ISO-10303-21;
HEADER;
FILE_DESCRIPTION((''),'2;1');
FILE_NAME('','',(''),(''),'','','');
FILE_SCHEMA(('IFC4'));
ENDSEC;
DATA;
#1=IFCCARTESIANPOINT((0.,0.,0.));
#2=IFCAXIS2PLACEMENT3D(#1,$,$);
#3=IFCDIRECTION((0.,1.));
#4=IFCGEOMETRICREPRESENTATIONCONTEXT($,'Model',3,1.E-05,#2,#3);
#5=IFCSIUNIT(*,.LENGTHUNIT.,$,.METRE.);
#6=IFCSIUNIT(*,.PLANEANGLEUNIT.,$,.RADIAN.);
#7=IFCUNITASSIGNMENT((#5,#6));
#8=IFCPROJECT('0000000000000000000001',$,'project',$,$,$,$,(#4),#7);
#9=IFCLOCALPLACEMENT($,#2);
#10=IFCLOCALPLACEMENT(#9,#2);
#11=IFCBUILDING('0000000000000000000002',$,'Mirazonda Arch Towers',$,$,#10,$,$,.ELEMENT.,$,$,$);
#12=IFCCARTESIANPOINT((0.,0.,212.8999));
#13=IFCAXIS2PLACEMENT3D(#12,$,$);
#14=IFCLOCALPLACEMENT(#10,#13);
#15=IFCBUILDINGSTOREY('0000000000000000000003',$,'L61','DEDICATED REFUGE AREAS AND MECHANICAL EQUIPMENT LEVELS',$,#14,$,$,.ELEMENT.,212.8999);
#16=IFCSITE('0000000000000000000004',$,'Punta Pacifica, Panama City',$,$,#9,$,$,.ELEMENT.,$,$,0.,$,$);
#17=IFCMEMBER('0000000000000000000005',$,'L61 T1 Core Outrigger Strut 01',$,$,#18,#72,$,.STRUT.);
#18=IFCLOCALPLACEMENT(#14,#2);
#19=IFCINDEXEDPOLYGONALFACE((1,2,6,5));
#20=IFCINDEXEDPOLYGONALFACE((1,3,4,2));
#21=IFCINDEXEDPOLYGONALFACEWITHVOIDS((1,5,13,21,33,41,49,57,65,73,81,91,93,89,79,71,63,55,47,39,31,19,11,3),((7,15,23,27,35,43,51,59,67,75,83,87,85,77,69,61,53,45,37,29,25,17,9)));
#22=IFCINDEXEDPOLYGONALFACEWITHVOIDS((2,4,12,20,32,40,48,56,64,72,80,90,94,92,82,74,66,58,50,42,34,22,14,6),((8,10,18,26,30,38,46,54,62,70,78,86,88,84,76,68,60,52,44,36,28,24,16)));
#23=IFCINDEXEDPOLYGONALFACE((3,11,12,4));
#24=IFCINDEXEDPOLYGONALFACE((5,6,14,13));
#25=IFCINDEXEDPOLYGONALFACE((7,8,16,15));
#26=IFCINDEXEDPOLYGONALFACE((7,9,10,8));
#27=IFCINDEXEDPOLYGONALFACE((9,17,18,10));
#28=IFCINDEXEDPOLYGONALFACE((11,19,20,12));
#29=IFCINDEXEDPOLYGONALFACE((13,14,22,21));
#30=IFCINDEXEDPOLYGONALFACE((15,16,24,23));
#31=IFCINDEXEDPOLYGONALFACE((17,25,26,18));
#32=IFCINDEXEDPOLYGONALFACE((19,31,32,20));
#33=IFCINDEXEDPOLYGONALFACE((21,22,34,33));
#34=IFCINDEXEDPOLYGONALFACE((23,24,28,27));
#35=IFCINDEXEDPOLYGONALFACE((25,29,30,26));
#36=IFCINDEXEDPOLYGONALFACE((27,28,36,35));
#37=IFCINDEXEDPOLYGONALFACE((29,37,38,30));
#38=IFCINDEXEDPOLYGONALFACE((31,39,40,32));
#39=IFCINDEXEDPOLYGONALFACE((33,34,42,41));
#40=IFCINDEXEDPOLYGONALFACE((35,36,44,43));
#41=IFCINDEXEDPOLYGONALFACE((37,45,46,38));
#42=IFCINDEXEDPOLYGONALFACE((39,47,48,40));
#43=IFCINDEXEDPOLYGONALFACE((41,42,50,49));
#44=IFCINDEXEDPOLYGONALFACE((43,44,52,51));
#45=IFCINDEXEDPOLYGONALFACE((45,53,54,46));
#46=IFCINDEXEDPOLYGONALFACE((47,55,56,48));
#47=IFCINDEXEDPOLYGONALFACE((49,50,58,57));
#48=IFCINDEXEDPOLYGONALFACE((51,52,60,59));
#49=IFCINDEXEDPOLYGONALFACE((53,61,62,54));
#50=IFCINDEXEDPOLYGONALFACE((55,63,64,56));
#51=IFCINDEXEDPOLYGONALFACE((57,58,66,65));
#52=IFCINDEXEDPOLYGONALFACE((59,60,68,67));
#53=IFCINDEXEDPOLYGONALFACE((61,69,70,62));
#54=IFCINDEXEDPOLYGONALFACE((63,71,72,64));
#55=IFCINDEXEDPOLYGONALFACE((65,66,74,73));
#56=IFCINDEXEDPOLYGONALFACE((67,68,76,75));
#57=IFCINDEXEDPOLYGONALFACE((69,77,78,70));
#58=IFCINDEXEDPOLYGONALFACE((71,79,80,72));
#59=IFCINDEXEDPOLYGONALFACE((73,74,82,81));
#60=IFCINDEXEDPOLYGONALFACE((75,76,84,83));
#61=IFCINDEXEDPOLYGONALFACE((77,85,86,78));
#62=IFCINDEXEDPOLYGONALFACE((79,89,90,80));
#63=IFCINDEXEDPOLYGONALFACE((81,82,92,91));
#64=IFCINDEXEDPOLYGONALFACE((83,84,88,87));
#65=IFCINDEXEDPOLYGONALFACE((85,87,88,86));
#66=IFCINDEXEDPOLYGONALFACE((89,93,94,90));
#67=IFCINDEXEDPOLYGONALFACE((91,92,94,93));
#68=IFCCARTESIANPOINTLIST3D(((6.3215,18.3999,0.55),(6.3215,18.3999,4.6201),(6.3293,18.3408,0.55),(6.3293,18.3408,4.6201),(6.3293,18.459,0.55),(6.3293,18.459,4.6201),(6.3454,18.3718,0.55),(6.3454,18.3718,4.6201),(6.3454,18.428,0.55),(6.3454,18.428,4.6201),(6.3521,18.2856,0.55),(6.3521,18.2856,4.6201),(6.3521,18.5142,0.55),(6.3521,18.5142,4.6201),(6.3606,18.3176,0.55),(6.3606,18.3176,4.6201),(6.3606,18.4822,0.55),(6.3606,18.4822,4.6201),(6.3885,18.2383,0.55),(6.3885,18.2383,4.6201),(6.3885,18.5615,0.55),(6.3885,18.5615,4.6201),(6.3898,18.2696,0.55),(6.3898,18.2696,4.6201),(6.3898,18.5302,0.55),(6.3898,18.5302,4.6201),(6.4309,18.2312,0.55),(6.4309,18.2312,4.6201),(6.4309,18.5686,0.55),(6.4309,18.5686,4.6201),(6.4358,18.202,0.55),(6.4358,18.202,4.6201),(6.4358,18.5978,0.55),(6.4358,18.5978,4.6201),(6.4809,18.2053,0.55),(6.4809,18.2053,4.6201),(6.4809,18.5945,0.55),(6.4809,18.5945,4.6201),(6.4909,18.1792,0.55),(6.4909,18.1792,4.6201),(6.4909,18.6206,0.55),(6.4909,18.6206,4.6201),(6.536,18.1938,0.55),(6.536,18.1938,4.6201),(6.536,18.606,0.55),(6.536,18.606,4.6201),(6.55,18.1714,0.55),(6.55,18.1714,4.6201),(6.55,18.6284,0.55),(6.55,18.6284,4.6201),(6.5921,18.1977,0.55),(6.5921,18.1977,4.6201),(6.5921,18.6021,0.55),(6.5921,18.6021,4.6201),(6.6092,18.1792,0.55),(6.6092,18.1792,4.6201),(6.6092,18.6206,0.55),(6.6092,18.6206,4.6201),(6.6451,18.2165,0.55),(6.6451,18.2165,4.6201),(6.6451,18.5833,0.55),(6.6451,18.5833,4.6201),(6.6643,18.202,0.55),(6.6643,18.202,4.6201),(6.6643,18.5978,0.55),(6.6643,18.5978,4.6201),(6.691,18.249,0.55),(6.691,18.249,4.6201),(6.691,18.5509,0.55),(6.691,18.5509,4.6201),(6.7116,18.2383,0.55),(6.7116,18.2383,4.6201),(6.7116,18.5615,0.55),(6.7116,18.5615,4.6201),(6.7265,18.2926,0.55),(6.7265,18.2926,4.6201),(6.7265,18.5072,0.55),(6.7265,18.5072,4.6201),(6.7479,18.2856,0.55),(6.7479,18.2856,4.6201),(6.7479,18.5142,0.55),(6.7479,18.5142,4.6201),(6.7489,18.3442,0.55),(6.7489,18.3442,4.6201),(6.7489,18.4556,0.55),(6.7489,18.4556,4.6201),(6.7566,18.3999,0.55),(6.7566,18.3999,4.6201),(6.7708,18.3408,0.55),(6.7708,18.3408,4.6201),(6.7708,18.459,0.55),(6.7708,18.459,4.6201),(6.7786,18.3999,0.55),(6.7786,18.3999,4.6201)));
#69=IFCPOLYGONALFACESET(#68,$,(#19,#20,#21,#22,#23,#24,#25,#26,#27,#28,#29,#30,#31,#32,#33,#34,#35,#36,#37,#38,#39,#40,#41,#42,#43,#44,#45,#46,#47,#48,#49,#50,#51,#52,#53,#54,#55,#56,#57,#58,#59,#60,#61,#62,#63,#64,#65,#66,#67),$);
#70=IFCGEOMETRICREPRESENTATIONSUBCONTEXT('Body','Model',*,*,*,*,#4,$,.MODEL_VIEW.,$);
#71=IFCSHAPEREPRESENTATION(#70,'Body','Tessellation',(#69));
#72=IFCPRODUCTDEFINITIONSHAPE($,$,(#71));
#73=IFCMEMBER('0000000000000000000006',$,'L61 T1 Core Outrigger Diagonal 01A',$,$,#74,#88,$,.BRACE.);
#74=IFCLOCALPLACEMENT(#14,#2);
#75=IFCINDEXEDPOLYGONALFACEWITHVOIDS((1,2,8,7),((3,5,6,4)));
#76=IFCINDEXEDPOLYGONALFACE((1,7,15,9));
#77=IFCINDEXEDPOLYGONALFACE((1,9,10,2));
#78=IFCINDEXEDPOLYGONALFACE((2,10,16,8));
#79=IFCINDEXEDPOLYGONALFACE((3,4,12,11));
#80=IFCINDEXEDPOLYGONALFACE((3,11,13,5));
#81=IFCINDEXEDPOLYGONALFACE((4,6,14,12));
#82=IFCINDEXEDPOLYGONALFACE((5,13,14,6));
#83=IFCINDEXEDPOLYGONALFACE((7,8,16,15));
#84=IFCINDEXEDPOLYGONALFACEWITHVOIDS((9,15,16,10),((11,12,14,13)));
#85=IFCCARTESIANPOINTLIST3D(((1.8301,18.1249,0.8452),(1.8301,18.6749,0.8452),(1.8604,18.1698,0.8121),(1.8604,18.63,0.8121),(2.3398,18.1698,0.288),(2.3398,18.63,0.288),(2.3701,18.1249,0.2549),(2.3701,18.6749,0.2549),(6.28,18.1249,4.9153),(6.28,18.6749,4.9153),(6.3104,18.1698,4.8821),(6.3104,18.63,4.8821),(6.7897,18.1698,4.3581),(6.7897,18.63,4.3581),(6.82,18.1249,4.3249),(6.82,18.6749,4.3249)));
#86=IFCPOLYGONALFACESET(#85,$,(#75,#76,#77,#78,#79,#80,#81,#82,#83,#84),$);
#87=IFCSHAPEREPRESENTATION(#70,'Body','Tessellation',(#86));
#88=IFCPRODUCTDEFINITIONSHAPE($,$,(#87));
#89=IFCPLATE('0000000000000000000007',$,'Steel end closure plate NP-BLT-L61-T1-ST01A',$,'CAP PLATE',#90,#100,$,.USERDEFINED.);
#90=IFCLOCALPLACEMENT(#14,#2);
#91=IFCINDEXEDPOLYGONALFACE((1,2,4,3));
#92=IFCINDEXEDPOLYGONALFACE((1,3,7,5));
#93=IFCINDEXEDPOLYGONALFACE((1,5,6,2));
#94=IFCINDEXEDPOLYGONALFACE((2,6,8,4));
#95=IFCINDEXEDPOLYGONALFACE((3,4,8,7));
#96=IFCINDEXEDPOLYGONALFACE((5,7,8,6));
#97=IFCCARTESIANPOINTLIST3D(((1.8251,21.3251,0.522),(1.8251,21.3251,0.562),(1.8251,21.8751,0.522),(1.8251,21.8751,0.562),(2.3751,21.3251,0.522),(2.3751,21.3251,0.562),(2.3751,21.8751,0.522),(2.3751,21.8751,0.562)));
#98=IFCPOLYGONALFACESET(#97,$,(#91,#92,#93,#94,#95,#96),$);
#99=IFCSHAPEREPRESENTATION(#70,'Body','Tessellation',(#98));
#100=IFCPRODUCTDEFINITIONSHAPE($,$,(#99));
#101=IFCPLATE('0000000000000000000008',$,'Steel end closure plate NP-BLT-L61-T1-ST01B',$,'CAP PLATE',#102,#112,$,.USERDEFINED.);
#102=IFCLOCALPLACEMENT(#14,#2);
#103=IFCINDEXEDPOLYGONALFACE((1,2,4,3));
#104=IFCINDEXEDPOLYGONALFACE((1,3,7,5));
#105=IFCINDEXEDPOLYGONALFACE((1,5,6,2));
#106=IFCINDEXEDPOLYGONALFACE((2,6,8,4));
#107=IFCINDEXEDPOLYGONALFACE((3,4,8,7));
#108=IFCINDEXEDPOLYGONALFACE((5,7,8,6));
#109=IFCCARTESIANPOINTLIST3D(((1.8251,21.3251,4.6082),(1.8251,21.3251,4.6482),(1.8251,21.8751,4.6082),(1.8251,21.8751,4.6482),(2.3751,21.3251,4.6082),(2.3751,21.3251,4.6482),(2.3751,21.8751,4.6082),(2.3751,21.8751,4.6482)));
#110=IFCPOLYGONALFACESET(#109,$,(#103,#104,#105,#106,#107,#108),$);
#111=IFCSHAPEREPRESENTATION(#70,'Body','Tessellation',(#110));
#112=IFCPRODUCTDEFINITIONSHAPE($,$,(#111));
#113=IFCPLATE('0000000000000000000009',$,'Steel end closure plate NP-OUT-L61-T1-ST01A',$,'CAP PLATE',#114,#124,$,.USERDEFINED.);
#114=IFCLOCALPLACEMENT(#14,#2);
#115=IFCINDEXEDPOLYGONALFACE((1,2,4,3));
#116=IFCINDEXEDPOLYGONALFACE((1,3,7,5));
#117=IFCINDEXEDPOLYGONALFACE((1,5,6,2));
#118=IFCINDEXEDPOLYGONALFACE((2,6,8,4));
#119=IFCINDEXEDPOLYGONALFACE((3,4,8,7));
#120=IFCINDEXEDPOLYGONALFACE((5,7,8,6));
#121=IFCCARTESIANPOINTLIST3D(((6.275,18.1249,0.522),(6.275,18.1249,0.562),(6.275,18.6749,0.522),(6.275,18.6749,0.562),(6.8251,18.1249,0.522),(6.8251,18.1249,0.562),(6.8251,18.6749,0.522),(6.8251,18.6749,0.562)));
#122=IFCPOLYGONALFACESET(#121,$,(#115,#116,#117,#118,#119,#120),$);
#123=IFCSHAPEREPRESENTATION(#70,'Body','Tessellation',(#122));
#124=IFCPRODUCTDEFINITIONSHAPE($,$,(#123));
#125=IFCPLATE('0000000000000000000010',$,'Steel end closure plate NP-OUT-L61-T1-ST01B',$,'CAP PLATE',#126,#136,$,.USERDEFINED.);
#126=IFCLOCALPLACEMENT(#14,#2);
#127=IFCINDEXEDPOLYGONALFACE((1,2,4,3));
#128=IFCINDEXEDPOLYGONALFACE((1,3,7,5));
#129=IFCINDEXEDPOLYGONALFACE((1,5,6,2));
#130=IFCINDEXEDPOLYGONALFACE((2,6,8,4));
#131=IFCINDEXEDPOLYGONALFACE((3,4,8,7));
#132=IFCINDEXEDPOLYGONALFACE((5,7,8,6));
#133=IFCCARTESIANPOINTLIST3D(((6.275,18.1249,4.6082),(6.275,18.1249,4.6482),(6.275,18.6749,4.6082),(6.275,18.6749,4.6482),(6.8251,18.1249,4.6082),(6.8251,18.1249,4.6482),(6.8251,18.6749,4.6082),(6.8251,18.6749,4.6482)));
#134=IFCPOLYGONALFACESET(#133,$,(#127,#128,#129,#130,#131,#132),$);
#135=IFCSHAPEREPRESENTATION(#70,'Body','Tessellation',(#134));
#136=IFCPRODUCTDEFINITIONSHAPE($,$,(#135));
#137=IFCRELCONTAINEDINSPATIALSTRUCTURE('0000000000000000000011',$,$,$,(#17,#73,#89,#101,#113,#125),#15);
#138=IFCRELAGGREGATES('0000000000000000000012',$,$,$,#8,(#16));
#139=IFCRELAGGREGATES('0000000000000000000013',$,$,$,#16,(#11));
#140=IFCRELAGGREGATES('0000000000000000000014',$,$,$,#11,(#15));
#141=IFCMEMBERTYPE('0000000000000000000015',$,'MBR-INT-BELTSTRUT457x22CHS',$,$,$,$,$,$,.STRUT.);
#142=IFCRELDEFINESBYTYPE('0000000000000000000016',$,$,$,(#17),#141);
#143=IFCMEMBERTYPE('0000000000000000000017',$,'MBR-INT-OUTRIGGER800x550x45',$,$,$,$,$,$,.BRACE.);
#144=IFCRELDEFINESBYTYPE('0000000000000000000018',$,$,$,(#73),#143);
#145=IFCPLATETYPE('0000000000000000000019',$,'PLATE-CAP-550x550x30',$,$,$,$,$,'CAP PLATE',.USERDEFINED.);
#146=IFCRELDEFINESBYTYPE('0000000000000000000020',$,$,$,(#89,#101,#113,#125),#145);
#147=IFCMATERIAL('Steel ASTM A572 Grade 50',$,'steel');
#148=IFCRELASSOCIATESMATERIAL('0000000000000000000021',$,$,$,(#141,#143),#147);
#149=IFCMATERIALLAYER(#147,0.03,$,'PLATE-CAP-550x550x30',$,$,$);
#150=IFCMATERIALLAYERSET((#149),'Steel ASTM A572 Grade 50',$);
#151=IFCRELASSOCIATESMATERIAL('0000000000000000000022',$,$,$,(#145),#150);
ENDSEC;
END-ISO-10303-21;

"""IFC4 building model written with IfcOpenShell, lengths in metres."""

from ifc_helpers import new_model, si_unit, direction, frame, origin, origin_2d, place, context, subcontext, project, spatial, rectangle, hollow_rectangle, hollow_circle, extrude, material, layer, layer_set, material_profile, profile_set, type_object, element, save


model = new_model("IFC4")

# Units and contexts
model_context = context("Model", 3, precision=1e-05, world=origin(), true_north=direction((0.0, 1.0)))
body_context = subcontext(model_context, "Body", "Model", "MODEL_VIEW")
ifc_project = project(units=[si_unit("LENGTHUNIT", "METRE"), si_unit("PLANEANGLEUNIT", "RADIAN")], contexts=[model_context])

# Site, building, storey
site_placement = place(None, origin())
site = spatial("IfcSite", under=ifc_project, at=site_placement, Name="Punta Pacifica, Panama City", CompositionType="ELEMENT", RefElevation=0.0)
building_placement = place(site_placement, origin())
building = spatial("IfcBuilding", under=site, at=building_placement, Name="Mirazonda Arch Towers", CompositionType="ELEMENT")
storey_placement = place(building_placement, frame((0.0, 0.0, 212.8999)))
storey = spatial("IfcBuildingStorey", under=building, at=storey_placement, Name="L61", Description="DEDICATED REFUGE AREAS AND MECHANICAL EQUIPMENT LEVELS", CompositionType="ELEMENT", Elevation=212.8999)

# Shared definitions
ifc_material_1 = material(Name="Steel ASTM A572 Grade 50", Category="steel")

# Members
ifc_material_profile_1 = material_profile(ifc_material_1, hollow_circle(Radius=0.2285, WallThickness=0.022, at=origin_2d()), Name="BELTSTRUT457x22CHS")
ifc_profile_set_1 = profile_set([ifc_material_profile_1], Name="Steel ASTM A572 Grade 50")
member_type_1 = type_object("IfcMemberType", Name="MBR-INT-BELTSTRUT457x22CHS", PredefinedType="STRUT", material=ifc_profile_set_1)
member_1_placement = place(storey_placement, frame((6.55, 18.3999, 0.55), z_axis=(0.0, 0.0, 1.0), x_axis=(1.0, 0.0, 0.0)))
element("IfcMember", 1, at=member_1_placement, inside=storey, type_object=member_type_1, Name="L61 T1 Core Outrigger Strut 01", PredefinedType="STRUT", context=body_context, shape_type="SweptSolid", body=[
    extrude(hollow_circle(Radius=0.2285, WallThickness=0.022, at=origin_2d()), origin(), (0.0, 0.0, 1.0), 4.0701),
])
ifc_material_profile_2 = material_profile(ifc_material_1, hollow_rectangle(XDim=0.55, YDim=0.8, WallThickness=0.0449, at=origin_2d()), Name="OUTRIGGER800x550x45")
ifc_profile_set_2 = profile_set([ifc_material_profile_2], Name="Steel ASTM A572 Grade 50")
member_type_2 = type_object("IfcMemberType", Name="MBR-INT-OUTRIGGER800x550x45", PredefinedType="BRACE", material=ifc_profile_set_2)
member_2_placement = place(storey_placement, frame((2.1001, 18.3999, 0.55), z_axis=(0.737901, 0.0, 0.674908), x_axis=(0.0, 1.0, 0.0)))
element("IfcMember", 2, at=member_2_placement, inside=storey, type_object=member_type_2, Name="L61 T1 Core Outrigger Diagonal 01A", PredefinedType="BRACE", context=body_context, shape_type="SweptSolid", body=[
    extrude(hollow_rectangle(XDim=0.55, YDim=0.8, WallThickness=0.0449, at=origin_2d()), origin(), (0.0, 0.0, 1.0), 6.0305),
])

# Plates
ifc_layer = layer(ifc_material_1, 0.03, Name="PLATE-CAP-550x550x30")
ifc_layer_set = layer_set([ifc_layer], Name="Steel ASTM A572 Grade 50")
plate_type = type_object("IfcPlateType", Name="PLATE-CAP-550x550x30", ElementType="CAP PLATE", PredefinedType="USERDEFINED", material=ifc_layer_set)
for number, where, z_axis, x_axis, name in (
    (3, (2.1001, 21.6001, 0.522), (0.0, 0.0, 1.0), (1.0, 0.0, 0.0), "Steel end closure plate NP-BLT-L61-T1-ST01A"),
    (4, (2.1001, 21.6001, 4.6082), (0.0, 0.0, 1.0), (1.0, 0.0, 0.0), "Steel end closure plate NP-BLT-L61-T1-ST01B"),
    (5, (6.55, 18.3999, 0.522), (0.0, 0.0, 1.0), (1.0, 0.0, 0.0), "Steel end closure plate NP-OUT-L61-T1-ST01A"),
    (6, (6.55, 18.3999, 4.6082), (0.0, 0.0, 1.0), (1.0, 0.0, 0.0), "Steel end closure plate NP-OUT-L61-T1-ST01B"),
):
    element("IfcPlate", number, at=place(storey_placement, frame(where, z_axis=z_axis, x_axis=x_axis)), inside=storey, type_object=plate_type, Name=name, ObjectType="CAP PLATE", PredefinedType="USERDEFINED", context=body_context, shape_type="SweptSolid", body=[
        extrude(rectangle(XDim=0.55, YDim=0.55, at=origin_2d()), origin(), (0.0, 0.0, 1.0), 0.04),
    ])

save(model, "model.ifc")
